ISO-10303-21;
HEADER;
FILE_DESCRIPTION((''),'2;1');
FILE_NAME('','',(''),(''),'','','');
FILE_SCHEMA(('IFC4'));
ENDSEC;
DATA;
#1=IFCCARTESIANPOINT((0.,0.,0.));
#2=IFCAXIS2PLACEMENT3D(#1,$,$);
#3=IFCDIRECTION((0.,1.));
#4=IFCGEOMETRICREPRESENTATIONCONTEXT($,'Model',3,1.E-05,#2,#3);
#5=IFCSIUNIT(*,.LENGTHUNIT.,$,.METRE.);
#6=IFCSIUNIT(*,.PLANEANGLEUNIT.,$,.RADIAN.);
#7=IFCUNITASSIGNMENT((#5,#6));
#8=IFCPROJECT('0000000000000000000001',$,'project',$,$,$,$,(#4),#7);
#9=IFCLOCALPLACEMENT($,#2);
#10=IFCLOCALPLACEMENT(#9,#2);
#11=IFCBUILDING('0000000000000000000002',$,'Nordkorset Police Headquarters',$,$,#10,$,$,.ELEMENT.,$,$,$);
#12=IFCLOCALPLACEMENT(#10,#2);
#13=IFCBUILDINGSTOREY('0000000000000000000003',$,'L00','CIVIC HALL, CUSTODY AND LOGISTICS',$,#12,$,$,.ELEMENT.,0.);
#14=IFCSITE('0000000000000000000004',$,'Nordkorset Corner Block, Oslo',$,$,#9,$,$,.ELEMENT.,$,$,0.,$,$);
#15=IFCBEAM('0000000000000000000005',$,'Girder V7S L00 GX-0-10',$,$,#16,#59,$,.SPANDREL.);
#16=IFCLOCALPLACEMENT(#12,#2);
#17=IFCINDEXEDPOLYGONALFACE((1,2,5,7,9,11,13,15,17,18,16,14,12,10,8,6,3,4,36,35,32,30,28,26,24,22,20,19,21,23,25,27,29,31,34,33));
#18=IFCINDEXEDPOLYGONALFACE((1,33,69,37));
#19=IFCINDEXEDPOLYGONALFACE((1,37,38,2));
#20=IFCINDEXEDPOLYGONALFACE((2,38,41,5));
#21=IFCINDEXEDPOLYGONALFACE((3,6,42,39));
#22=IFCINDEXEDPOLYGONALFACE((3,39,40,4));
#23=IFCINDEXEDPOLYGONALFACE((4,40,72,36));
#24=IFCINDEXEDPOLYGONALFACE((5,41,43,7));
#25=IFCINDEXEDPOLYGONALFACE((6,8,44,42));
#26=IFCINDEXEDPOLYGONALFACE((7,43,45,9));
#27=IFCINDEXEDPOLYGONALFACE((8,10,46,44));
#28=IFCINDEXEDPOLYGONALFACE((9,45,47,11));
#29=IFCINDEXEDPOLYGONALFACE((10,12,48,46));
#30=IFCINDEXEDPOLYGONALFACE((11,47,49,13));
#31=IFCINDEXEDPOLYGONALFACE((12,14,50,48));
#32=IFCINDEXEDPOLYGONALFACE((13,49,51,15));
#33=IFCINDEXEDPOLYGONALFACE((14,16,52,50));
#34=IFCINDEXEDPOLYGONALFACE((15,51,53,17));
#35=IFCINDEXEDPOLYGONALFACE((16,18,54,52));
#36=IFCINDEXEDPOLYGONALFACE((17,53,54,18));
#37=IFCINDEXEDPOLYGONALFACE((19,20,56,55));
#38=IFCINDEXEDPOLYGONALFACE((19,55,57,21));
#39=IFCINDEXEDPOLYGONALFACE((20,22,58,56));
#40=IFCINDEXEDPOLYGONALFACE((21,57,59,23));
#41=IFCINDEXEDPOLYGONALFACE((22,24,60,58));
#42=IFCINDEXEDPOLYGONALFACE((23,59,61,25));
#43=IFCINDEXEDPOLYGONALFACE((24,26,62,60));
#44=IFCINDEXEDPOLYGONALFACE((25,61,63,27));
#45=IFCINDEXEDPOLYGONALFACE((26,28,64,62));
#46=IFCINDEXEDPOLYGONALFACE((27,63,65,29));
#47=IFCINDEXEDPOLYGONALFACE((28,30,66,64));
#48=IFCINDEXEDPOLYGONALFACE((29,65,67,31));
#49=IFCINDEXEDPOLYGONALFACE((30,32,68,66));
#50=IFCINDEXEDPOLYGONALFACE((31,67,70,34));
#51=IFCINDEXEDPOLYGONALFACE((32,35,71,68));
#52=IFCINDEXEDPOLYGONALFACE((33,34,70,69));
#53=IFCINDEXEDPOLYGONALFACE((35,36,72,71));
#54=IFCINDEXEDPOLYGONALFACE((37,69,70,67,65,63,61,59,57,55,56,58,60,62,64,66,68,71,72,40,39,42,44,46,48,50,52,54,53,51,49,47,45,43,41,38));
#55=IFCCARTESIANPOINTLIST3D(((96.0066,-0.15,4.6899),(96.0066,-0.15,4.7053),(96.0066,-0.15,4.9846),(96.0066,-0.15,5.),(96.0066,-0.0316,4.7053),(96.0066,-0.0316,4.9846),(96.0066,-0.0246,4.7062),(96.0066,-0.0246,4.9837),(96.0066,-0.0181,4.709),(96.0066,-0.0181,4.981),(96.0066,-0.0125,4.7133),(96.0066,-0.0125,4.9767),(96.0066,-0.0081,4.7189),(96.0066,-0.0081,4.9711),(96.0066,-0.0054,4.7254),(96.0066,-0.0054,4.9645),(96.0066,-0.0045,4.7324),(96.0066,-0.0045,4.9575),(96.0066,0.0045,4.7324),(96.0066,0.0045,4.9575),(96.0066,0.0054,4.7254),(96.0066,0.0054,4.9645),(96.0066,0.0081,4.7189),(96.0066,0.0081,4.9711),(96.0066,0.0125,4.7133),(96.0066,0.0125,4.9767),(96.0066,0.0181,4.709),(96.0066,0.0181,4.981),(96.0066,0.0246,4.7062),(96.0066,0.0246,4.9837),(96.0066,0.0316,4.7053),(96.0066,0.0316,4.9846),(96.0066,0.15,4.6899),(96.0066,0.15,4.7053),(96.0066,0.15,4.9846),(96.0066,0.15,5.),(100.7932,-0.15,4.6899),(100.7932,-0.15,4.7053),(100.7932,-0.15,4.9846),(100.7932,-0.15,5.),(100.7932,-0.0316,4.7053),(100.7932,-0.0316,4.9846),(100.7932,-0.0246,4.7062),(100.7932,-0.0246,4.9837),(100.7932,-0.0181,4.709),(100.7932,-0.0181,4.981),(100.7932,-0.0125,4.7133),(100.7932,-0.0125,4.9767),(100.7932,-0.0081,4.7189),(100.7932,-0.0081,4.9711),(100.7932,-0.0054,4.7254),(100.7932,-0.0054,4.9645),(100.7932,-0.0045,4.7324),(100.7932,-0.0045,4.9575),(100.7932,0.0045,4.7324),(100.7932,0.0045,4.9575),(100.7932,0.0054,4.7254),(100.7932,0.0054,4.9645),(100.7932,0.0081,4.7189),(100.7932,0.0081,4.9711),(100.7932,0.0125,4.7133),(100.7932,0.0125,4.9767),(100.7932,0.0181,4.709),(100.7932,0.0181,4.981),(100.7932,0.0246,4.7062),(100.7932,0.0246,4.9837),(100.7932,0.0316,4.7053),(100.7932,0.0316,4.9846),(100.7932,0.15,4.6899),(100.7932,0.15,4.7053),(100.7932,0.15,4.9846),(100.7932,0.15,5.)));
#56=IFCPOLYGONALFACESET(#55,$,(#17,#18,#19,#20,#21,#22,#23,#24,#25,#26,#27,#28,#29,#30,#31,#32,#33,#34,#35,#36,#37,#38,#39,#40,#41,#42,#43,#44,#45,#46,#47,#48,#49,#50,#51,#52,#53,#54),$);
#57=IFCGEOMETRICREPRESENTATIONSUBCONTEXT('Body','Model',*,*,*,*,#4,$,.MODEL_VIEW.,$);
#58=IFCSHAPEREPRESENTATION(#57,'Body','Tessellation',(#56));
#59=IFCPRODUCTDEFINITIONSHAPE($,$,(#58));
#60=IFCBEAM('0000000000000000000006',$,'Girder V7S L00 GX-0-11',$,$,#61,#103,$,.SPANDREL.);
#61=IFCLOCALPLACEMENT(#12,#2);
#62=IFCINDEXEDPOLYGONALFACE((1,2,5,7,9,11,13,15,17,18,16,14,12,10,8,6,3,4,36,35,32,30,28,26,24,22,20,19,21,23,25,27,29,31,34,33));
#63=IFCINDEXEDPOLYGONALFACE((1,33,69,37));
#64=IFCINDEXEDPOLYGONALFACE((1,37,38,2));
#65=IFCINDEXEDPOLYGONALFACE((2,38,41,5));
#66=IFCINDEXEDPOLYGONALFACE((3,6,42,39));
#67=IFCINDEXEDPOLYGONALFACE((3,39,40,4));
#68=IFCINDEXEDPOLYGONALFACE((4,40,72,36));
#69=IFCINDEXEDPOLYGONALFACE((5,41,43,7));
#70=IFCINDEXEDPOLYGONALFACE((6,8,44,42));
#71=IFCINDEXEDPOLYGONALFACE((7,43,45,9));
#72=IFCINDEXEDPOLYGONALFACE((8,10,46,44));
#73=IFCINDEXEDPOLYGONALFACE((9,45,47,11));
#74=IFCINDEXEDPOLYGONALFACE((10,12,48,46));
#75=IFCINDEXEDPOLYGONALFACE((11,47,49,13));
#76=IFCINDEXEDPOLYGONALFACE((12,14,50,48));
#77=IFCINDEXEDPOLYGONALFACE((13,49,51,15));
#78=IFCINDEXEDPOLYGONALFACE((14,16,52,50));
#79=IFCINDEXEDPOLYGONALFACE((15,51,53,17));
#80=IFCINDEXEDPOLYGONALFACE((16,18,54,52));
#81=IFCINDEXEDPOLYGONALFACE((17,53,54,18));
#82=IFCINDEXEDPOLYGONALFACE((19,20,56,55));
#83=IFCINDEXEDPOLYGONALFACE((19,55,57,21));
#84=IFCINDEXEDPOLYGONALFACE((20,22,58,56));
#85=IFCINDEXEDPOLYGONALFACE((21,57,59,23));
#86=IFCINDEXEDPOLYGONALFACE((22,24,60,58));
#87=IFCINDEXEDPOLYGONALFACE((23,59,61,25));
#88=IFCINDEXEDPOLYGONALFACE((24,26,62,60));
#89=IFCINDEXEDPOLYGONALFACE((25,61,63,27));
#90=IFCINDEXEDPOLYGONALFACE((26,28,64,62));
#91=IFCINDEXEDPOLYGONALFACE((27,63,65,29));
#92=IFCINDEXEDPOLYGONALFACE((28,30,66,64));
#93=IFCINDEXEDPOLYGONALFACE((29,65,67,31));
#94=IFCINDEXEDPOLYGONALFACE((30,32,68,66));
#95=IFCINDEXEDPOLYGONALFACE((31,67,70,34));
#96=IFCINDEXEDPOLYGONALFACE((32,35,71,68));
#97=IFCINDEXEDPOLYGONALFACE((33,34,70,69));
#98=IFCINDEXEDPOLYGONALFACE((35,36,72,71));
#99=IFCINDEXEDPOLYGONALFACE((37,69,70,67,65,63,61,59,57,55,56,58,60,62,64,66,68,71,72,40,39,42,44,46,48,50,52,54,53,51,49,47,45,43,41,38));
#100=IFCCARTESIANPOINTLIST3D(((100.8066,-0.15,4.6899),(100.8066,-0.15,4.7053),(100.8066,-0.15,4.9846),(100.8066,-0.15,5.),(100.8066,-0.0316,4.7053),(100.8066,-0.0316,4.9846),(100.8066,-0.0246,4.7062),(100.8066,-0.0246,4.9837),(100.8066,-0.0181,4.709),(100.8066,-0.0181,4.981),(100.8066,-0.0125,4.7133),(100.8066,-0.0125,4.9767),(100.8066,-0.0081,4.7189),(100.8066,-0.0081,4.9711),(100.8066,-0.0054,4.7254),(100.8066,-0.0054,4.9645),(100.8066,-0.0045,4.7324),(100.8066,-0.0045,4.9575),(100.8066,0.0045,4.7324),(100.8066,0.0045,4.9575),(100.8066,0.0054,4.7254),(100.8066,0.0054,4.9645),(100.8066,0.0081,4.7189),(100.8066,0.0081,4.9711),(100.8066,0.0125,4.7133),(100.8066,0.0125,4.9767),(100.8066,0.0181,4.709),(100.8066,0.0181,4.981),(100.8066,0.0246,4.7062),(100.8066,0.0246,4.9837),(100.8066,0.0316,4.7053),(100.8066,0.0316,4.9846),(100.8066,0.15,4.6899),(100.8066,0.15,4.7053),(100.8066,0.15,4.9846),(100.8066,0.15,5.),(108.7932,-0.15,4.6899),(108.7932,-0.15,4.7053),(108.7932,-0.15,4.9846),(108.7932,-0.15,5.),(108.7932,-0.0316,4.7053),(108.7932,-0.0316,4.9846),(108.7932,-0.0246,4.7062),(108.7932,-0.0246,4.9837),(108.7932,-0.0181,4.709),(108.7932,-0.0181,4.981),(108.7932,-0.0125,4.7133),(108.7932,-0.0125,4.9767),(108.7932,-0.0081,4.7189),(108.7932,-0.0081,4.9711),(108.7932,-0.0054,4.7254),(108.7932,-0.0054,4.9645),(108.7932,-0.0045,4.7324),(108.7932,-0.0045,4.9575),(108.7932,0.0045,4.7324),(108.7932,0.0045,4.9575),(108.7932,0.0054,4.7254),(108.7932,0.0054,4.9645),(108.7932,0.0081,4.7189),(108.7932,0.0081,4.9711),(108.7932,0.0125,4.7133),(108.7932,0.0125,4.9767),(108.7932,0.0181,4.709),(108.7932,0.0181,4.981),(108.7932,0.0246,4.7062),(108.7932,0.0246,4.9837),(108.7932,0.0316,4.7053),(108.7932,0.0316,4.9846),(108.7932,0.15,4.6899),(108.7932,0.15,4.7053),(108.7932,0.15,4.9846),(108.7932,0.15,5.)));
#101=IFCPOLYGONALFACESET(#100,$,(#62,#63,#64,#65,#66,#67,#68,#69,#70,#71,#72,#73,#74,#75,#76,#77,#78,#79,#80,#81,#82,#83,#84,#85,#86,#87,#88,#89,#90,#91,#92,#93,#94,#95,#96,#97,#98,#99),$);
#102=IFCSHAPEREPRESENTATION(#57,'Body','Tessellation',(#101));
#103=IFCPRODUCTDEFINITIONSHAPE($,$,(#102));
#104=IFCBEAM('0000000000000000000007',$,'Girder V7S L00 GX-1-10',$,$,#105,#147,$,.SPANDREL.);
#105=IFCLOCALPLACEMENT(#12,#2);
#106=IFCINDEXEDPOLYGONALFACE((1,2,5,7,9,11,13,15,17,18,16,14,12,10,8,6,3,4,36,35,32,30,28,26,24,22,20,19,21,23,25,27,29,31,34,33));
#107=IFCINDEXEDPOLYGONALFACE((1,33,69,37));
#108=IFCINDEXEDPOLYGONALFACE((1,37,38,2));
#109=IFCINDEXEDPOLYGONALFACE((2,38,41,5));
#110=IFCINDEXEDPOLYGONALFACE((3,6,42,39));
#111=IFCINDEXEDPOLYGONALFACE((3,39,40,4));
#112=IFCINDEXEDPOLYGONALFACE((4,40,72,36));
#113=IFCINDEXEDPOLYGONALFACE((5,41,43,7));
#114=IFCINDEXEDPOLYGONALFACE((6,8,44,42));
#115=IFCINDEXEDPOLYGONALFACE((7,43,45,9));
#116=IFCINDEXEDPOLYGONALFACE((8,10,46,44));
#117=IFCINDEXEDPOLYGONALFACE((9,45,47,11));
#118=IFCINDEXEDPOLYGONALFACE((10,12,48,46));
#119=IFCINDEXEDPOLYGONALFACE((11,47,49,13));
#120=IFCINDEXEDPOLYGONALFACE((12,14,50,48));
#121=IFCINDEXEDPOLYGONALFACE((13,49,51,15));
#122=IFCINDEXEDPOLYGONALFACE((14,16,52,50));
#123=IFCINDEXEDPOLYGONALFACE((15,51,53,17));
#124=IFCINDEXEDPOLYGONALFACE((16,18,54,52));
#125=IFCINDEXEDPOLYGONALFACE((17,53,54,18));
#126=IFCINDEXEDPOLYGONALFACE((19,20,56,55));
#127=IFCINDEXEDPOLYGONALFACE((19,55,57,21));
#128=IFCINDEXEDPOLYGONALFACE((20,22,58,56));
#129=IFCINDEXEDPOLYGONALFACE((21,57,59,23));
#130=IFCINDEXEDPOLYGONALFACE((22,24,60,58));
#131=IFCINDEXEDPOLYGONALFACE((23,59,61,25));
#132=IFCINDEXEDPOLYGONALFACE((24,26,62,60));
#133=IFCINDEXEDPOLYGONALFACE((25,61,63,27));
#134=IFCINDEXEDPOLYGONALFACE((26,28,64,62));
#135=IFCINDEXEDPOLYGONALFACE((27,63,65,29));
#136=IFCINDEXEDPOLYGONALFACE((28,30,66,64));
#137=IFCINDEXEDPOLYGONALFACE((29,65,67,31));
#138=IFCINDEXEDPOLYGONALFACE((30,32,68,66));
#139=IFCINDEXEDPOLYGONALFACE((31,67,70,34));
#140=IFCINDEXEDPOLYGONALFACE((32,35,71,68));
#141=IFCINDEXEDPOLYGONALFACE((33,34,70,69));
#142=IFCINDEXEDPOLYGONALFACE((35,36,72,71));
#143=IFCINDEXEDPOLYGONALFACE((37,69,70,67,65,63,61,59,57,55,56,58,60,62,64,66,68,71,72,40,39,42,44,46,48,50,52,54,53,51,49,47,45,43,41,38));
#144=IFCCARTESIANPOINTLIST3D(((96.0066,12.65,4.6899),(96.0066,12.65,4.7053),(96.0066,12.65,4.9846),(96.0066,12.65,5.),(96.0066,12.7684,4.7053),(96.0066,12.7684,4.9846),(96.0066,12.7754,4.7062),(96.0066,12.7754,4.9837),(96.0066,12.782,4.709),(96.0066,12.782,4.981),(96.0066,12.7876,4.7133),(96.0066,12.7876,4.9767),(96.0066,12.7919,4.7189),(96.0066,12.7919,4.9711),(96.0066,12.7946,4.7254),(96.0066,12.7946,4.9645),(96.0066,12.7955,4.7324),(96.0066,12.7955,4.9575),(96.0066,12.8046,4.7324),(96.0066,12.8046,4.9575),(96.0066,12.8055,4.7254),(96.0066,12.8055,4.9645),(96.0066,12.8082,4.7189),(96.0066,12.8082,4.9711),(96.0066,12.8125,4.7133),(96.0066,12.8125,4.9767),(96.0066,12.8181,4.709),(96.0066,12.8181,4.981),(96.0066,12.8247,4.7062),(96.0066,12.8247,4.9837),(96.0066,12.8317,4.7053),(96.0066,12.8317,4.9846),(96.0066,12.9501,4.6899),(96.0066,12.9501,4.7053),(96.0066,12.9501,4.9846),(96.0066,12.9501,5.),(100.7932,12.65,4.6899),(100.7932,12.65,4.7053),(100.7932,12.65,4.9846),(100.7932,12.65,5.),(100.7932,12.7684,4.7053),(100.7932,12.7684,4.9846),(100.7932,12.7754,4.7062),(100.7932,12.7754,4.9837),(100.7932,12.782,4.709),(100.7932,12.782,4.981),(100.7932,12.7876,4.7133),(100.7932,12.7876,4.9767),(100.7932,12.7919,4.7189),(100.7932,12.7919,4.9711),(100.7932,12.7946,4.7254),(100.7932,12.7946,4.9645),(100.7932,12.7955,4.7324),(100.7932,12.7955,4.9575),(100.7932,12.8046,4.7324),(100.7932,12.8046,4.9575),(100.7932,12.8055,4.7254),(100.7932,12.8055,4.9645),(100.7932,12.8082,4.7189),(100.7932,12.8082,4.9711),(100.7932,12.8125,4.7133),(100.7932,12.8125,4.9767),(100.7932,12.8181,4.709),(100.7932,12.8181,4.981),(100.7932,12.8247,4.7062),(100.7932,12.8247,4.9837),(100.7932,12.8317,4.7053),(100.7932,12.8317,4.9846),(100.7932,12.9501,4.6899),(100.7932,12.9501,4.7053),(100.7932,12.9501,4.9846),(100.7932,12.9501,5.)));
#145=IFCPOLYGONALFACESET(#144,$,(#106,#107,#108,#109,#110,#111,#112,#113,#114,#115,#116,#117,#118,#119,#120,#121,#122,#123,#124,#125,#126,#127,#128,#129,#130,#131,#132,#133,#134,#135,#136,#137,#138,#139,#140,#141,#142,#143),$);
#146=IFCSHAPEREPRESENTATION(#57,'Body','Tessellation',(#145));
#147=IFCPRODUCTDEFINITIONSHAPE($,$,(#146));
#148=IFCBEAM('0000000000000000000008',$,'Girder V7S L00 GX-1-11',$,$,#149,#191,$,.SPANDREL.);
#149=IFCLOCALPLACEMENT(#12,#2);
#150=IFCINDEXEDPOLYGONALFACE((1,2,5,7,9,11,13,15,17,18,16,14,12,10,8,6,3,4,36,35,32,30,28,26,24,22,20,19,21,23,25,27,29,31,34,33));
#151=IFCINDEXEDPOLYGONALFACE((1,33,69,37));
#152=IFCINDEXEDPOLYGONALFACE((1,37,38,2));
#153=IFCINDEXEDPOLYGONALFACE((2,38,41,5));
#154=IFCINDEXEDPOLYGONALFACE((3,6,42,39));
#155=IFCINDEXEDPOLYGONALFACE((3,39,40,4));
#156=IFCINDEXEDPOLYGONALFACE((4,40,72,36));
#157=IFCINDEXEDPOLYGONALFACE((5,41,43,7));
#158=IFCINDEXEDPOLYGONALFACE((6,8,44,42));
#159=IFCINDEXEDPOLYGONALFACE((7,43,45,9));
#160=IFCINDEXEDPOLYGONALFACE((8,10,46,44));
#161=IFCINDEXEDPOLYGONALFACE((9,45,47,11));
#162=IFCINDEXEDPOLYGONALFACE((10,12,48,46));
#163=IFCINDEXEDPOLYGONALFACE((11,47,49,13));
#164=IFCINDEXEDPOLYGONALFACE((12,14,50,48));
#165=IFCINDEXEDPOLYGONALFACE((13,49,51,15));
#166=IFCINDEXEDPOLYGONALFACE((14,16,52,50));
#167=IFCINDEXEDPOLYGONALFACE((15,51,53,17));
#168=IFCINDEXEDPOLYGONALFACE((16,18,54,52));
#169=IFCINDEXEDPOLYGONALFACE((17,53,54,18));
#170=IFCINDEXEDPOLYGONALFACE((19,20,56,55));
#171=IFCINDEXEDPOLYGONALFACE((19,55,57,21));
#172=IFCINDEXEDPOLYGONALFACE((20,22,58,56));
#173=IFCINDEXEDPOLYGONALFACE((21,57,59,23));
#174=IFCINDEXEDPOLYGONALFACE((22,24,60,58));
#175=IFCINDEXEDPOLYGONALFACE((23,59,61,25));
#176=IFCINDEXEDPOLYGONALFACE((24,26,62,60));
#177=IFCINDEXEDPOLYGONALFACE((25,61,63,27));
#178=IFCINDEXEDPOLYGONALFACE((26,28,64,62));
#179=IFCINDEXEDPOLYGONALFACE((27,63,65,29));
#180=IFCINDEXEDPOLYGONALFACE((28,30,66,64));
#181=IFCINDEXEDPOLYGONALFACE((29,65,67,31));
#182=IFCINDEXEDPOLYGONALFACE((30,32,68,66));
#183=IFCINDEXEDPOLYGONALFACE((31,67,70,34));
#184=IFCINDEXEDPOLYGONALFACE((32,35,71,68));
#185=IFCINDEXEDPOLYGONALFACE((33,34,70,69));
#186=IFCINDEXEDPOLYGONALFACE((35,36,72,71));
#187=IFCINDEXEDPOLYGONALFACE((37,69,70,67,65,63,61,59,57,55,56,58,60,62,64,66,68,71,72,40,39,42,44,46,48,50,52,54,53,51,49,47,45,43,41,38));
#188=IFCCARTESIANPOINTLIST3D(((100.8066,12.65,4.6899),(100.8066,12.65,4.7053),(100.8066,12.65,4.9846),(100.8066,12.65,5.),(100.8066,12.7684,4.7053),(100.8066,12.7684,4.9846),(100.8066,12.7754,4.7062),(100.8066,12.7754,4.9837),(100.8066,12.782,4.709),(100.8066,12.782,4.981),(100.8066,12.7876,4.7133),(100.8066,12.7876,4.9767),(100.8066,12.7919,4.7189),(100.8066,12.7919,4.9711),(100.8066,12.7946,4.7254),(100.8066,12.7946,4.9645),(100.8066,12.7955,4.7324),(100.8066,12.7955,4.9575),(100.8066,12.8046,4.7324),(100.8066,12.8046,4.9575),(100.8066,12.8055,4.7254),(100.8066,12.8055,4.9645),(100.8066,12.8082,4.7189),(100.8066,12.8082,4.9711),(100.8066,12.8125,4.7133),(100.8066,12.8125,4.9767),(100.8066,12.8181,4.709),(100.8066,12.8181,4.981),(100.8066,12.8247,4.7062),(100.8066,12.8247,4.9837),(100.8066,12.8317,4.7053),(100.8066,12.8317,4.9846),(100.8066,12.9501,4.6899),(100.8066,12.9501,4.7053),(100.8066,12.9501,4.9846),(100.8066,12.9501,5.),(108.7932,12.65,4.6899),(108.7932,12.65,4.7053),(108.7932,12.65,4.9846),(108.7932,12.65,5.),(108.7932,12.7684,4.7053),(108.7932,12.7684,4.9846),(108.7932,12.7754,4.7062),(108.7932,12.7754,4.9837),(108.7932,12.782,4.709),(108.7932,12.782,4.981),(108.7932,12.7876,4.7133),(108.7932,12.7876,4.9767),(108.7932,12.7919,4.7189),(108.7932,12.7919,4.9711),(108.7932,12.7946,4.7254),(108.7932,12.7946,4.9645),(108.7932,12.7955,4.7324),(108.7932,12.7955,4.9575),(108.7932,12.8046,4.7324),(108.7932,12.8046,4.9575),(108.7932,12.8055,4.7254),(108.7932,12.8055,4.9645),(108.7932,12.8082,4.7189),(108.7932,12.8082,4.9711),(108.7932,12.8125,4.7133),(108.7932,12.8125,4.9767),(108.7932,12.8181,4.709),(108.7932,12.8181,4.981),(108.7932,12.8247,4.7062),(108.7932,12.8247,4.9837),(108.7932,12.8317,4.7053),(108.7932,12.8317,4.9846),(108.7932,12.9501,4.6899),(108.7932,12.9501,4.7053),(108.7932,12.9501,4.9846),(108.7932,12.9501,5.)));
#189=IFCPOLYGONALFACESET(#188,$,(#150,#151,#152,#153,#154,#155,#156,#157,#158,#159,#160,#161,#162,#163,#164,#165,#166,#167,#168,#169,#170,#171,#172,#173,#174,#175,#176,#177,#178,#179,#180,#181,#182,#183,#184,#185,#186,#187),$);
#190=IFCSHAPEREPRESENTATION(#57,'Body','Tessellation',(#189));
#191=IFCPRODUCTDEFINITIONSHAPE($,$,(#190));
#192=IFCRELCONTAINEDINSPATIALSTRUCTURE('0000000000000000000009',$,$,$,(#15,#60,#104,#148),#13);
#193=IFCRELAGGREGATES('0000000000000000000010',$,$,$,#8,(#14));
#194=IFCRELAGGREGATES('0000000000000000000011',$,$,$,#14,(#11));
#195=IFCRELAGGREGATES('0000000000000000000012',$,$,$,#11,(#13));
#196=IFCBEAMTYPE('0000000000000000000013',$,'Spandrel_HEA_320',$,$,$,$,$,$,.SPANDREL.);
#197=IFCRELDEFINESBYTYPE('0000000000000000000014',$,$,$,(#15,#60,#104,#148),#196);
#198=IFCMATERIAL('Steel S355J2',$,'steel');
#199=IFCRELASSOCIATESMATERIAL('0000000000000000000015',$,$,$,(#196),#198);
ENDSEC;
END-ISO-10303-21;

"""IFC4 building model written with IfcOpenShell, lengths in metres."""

from ifc_helpers import new_model, si_unit, direction, frame, origin, origin_2d, place, context, subcontext, project, spatial, i_section, extrude, material, material_profile, profile_set, type_object, element, save


model = new_model("IFC4")

# Units and contexts
model_context = context("Model", 3, precision=1e-05, world=origin(), true_north=direction((0.0, 1.0)))
body_context = subcontext(model_context, "Body", "Model", "MODEL_VIEW")
ifc_project = project(units=[si_unit("LENGTHUNIT", "METRE"), si_unit("PLANEANGLEUNIT", "RADIAN")], contexts=[model_context])

# Site, building, storey
site_placement = place(None, origin())
site = spatial("IfcSite", under=ifc_project, at=site_placement, Name="Nordkorset Corner Block, Oslo", CompositionType="ELEMENT", RefElevation=0.0)
building_placement = place(site_placement, origin())
building = spatial("IfcBuilding", under=site, at=building_placement, Name="Nordkorset Police Headquarters", CompositionType="ELEMENT")
storey_placement = place(building_placement, origin())
storey = spatial("IfcBuildingStorey", under=building, at=storey_placement, Name="L00", Description="CIVIC HALL, CUSTODY AND LOGISTICS", CompositionType="ELEMENT", Elevation=0.0)

# Beams
ifc_material_1 = material(Name="Steel S355J2", Category="steel")
ifc_material_profile_1 = material_profile(ifc_material_1, i_section(OverallWidth=0.3, OverallDepth=0.3101, WebThickness=0.009, FlangeThickness=0.0154, FilletRadius=0.0271, at=origin_2d()), Name="HEA 320")
ifc_profile_set_1 = profile_set([ifc_material_profile_1], Name="Steel S355J2")
beam_type_1 = type_object("IfcBeamType", Name="Spandrel_HEA_320", PredefinedType="SPANDREL", material=ifc_profile_set_1)
beam_1_placement = place(storey_placement, frame((96.0066, 0.0, 4.845), z_axis=(1.0, 0.0, 0.0), x_axis=(0.0, 1.0, 0.0)))
element("IfcBeam", 1, at=beam_1_placement, inside=storey, type_object=beam_type_1, Name="Girder V7S L00 GX-0-10", PredefinedType="SPANDREL", context=body_context, shape_type="SweptSolid", body=[
    extrude(i_section(OverallWidth=0.3, OverallDepth=0.3101, WebThickness=0.009, FlangeThickness=0.0154, FilletRadius=0.0271, at=origin_2d()), origin(), (0.0, 0.0, 1.0), 4.7866),
])
beam_2_placement = place(storey_placement, frame((100.8066, 0.0, 4.845), z_axis=(1.0, 0.0, 0.0), x_axis=(0.0, 1.0, 0.0)))
element("IfcBeam", 2, at=beam_2_placement, inside=storey, type_object=beam_type_1, Name="Girder V7S L00 GX-0-11", PredefinedType="SPANDREL", context=body_context, shape_type="SweptSolid", body=[
    extrude(i_section(OverallWidth=0.3, OverallDepth=0.3101, WebThickness=0.009, FlangeThickness=0.0154, FilletRadius=0.0271, at=origin_2d()), origin(), (0.0, 0.0, 1.0), 7.9866),
])
beam_3_placement = place(storey_placement, frame((96.0066, 12.8, 4.845), z_axis=(1.0, 0.0, 0.0), x_axis=(0.0, 1.0, 0.0)))
element("IfcBeam", 3, at=beam_3_placement, inside=storey, type_object=beam_type_1, Name="Girder V7S L00 GX-1-10", PredefinedType="SPANDREL", context=body_context, shape_type="SweptSolid", body=[
    extrude(i_section(OverallWidth=0.3, OverallDepth=0.3101, WebThickness=0.009, FlangeThickness=0.0154, FilletRadius=0.0271, at=origin_2d()), origin(), (0.0, 0.0, 1.0), 4.7866),
])
beam_4_placement = place(storey_placement, frame((100.8066, 12.8, 4.845), z_axis=(1.0, 0.0, 0.0), x_axis=(0.0, 1.0, 0.0)))
element("IfcBeam", 4, at=beam_4_placement, inside=storey, type_object=beam_type_1, Name="Girder V7S L00 GX-1-11", PredefinedType="SPANDREL", context=body_context, shape_type="SweptSolid", body=[
    extrude(i_section(OverallWidth=0.3, OverallDepth=0.3101, WebThickness=0.009, FlangeThickness=0.0154, FilletRadius=0.0271, at=origin_2d()), origin(), (0.0, 0.0, 1.0), 7.9866),
])

save(model, "model.ifc")
